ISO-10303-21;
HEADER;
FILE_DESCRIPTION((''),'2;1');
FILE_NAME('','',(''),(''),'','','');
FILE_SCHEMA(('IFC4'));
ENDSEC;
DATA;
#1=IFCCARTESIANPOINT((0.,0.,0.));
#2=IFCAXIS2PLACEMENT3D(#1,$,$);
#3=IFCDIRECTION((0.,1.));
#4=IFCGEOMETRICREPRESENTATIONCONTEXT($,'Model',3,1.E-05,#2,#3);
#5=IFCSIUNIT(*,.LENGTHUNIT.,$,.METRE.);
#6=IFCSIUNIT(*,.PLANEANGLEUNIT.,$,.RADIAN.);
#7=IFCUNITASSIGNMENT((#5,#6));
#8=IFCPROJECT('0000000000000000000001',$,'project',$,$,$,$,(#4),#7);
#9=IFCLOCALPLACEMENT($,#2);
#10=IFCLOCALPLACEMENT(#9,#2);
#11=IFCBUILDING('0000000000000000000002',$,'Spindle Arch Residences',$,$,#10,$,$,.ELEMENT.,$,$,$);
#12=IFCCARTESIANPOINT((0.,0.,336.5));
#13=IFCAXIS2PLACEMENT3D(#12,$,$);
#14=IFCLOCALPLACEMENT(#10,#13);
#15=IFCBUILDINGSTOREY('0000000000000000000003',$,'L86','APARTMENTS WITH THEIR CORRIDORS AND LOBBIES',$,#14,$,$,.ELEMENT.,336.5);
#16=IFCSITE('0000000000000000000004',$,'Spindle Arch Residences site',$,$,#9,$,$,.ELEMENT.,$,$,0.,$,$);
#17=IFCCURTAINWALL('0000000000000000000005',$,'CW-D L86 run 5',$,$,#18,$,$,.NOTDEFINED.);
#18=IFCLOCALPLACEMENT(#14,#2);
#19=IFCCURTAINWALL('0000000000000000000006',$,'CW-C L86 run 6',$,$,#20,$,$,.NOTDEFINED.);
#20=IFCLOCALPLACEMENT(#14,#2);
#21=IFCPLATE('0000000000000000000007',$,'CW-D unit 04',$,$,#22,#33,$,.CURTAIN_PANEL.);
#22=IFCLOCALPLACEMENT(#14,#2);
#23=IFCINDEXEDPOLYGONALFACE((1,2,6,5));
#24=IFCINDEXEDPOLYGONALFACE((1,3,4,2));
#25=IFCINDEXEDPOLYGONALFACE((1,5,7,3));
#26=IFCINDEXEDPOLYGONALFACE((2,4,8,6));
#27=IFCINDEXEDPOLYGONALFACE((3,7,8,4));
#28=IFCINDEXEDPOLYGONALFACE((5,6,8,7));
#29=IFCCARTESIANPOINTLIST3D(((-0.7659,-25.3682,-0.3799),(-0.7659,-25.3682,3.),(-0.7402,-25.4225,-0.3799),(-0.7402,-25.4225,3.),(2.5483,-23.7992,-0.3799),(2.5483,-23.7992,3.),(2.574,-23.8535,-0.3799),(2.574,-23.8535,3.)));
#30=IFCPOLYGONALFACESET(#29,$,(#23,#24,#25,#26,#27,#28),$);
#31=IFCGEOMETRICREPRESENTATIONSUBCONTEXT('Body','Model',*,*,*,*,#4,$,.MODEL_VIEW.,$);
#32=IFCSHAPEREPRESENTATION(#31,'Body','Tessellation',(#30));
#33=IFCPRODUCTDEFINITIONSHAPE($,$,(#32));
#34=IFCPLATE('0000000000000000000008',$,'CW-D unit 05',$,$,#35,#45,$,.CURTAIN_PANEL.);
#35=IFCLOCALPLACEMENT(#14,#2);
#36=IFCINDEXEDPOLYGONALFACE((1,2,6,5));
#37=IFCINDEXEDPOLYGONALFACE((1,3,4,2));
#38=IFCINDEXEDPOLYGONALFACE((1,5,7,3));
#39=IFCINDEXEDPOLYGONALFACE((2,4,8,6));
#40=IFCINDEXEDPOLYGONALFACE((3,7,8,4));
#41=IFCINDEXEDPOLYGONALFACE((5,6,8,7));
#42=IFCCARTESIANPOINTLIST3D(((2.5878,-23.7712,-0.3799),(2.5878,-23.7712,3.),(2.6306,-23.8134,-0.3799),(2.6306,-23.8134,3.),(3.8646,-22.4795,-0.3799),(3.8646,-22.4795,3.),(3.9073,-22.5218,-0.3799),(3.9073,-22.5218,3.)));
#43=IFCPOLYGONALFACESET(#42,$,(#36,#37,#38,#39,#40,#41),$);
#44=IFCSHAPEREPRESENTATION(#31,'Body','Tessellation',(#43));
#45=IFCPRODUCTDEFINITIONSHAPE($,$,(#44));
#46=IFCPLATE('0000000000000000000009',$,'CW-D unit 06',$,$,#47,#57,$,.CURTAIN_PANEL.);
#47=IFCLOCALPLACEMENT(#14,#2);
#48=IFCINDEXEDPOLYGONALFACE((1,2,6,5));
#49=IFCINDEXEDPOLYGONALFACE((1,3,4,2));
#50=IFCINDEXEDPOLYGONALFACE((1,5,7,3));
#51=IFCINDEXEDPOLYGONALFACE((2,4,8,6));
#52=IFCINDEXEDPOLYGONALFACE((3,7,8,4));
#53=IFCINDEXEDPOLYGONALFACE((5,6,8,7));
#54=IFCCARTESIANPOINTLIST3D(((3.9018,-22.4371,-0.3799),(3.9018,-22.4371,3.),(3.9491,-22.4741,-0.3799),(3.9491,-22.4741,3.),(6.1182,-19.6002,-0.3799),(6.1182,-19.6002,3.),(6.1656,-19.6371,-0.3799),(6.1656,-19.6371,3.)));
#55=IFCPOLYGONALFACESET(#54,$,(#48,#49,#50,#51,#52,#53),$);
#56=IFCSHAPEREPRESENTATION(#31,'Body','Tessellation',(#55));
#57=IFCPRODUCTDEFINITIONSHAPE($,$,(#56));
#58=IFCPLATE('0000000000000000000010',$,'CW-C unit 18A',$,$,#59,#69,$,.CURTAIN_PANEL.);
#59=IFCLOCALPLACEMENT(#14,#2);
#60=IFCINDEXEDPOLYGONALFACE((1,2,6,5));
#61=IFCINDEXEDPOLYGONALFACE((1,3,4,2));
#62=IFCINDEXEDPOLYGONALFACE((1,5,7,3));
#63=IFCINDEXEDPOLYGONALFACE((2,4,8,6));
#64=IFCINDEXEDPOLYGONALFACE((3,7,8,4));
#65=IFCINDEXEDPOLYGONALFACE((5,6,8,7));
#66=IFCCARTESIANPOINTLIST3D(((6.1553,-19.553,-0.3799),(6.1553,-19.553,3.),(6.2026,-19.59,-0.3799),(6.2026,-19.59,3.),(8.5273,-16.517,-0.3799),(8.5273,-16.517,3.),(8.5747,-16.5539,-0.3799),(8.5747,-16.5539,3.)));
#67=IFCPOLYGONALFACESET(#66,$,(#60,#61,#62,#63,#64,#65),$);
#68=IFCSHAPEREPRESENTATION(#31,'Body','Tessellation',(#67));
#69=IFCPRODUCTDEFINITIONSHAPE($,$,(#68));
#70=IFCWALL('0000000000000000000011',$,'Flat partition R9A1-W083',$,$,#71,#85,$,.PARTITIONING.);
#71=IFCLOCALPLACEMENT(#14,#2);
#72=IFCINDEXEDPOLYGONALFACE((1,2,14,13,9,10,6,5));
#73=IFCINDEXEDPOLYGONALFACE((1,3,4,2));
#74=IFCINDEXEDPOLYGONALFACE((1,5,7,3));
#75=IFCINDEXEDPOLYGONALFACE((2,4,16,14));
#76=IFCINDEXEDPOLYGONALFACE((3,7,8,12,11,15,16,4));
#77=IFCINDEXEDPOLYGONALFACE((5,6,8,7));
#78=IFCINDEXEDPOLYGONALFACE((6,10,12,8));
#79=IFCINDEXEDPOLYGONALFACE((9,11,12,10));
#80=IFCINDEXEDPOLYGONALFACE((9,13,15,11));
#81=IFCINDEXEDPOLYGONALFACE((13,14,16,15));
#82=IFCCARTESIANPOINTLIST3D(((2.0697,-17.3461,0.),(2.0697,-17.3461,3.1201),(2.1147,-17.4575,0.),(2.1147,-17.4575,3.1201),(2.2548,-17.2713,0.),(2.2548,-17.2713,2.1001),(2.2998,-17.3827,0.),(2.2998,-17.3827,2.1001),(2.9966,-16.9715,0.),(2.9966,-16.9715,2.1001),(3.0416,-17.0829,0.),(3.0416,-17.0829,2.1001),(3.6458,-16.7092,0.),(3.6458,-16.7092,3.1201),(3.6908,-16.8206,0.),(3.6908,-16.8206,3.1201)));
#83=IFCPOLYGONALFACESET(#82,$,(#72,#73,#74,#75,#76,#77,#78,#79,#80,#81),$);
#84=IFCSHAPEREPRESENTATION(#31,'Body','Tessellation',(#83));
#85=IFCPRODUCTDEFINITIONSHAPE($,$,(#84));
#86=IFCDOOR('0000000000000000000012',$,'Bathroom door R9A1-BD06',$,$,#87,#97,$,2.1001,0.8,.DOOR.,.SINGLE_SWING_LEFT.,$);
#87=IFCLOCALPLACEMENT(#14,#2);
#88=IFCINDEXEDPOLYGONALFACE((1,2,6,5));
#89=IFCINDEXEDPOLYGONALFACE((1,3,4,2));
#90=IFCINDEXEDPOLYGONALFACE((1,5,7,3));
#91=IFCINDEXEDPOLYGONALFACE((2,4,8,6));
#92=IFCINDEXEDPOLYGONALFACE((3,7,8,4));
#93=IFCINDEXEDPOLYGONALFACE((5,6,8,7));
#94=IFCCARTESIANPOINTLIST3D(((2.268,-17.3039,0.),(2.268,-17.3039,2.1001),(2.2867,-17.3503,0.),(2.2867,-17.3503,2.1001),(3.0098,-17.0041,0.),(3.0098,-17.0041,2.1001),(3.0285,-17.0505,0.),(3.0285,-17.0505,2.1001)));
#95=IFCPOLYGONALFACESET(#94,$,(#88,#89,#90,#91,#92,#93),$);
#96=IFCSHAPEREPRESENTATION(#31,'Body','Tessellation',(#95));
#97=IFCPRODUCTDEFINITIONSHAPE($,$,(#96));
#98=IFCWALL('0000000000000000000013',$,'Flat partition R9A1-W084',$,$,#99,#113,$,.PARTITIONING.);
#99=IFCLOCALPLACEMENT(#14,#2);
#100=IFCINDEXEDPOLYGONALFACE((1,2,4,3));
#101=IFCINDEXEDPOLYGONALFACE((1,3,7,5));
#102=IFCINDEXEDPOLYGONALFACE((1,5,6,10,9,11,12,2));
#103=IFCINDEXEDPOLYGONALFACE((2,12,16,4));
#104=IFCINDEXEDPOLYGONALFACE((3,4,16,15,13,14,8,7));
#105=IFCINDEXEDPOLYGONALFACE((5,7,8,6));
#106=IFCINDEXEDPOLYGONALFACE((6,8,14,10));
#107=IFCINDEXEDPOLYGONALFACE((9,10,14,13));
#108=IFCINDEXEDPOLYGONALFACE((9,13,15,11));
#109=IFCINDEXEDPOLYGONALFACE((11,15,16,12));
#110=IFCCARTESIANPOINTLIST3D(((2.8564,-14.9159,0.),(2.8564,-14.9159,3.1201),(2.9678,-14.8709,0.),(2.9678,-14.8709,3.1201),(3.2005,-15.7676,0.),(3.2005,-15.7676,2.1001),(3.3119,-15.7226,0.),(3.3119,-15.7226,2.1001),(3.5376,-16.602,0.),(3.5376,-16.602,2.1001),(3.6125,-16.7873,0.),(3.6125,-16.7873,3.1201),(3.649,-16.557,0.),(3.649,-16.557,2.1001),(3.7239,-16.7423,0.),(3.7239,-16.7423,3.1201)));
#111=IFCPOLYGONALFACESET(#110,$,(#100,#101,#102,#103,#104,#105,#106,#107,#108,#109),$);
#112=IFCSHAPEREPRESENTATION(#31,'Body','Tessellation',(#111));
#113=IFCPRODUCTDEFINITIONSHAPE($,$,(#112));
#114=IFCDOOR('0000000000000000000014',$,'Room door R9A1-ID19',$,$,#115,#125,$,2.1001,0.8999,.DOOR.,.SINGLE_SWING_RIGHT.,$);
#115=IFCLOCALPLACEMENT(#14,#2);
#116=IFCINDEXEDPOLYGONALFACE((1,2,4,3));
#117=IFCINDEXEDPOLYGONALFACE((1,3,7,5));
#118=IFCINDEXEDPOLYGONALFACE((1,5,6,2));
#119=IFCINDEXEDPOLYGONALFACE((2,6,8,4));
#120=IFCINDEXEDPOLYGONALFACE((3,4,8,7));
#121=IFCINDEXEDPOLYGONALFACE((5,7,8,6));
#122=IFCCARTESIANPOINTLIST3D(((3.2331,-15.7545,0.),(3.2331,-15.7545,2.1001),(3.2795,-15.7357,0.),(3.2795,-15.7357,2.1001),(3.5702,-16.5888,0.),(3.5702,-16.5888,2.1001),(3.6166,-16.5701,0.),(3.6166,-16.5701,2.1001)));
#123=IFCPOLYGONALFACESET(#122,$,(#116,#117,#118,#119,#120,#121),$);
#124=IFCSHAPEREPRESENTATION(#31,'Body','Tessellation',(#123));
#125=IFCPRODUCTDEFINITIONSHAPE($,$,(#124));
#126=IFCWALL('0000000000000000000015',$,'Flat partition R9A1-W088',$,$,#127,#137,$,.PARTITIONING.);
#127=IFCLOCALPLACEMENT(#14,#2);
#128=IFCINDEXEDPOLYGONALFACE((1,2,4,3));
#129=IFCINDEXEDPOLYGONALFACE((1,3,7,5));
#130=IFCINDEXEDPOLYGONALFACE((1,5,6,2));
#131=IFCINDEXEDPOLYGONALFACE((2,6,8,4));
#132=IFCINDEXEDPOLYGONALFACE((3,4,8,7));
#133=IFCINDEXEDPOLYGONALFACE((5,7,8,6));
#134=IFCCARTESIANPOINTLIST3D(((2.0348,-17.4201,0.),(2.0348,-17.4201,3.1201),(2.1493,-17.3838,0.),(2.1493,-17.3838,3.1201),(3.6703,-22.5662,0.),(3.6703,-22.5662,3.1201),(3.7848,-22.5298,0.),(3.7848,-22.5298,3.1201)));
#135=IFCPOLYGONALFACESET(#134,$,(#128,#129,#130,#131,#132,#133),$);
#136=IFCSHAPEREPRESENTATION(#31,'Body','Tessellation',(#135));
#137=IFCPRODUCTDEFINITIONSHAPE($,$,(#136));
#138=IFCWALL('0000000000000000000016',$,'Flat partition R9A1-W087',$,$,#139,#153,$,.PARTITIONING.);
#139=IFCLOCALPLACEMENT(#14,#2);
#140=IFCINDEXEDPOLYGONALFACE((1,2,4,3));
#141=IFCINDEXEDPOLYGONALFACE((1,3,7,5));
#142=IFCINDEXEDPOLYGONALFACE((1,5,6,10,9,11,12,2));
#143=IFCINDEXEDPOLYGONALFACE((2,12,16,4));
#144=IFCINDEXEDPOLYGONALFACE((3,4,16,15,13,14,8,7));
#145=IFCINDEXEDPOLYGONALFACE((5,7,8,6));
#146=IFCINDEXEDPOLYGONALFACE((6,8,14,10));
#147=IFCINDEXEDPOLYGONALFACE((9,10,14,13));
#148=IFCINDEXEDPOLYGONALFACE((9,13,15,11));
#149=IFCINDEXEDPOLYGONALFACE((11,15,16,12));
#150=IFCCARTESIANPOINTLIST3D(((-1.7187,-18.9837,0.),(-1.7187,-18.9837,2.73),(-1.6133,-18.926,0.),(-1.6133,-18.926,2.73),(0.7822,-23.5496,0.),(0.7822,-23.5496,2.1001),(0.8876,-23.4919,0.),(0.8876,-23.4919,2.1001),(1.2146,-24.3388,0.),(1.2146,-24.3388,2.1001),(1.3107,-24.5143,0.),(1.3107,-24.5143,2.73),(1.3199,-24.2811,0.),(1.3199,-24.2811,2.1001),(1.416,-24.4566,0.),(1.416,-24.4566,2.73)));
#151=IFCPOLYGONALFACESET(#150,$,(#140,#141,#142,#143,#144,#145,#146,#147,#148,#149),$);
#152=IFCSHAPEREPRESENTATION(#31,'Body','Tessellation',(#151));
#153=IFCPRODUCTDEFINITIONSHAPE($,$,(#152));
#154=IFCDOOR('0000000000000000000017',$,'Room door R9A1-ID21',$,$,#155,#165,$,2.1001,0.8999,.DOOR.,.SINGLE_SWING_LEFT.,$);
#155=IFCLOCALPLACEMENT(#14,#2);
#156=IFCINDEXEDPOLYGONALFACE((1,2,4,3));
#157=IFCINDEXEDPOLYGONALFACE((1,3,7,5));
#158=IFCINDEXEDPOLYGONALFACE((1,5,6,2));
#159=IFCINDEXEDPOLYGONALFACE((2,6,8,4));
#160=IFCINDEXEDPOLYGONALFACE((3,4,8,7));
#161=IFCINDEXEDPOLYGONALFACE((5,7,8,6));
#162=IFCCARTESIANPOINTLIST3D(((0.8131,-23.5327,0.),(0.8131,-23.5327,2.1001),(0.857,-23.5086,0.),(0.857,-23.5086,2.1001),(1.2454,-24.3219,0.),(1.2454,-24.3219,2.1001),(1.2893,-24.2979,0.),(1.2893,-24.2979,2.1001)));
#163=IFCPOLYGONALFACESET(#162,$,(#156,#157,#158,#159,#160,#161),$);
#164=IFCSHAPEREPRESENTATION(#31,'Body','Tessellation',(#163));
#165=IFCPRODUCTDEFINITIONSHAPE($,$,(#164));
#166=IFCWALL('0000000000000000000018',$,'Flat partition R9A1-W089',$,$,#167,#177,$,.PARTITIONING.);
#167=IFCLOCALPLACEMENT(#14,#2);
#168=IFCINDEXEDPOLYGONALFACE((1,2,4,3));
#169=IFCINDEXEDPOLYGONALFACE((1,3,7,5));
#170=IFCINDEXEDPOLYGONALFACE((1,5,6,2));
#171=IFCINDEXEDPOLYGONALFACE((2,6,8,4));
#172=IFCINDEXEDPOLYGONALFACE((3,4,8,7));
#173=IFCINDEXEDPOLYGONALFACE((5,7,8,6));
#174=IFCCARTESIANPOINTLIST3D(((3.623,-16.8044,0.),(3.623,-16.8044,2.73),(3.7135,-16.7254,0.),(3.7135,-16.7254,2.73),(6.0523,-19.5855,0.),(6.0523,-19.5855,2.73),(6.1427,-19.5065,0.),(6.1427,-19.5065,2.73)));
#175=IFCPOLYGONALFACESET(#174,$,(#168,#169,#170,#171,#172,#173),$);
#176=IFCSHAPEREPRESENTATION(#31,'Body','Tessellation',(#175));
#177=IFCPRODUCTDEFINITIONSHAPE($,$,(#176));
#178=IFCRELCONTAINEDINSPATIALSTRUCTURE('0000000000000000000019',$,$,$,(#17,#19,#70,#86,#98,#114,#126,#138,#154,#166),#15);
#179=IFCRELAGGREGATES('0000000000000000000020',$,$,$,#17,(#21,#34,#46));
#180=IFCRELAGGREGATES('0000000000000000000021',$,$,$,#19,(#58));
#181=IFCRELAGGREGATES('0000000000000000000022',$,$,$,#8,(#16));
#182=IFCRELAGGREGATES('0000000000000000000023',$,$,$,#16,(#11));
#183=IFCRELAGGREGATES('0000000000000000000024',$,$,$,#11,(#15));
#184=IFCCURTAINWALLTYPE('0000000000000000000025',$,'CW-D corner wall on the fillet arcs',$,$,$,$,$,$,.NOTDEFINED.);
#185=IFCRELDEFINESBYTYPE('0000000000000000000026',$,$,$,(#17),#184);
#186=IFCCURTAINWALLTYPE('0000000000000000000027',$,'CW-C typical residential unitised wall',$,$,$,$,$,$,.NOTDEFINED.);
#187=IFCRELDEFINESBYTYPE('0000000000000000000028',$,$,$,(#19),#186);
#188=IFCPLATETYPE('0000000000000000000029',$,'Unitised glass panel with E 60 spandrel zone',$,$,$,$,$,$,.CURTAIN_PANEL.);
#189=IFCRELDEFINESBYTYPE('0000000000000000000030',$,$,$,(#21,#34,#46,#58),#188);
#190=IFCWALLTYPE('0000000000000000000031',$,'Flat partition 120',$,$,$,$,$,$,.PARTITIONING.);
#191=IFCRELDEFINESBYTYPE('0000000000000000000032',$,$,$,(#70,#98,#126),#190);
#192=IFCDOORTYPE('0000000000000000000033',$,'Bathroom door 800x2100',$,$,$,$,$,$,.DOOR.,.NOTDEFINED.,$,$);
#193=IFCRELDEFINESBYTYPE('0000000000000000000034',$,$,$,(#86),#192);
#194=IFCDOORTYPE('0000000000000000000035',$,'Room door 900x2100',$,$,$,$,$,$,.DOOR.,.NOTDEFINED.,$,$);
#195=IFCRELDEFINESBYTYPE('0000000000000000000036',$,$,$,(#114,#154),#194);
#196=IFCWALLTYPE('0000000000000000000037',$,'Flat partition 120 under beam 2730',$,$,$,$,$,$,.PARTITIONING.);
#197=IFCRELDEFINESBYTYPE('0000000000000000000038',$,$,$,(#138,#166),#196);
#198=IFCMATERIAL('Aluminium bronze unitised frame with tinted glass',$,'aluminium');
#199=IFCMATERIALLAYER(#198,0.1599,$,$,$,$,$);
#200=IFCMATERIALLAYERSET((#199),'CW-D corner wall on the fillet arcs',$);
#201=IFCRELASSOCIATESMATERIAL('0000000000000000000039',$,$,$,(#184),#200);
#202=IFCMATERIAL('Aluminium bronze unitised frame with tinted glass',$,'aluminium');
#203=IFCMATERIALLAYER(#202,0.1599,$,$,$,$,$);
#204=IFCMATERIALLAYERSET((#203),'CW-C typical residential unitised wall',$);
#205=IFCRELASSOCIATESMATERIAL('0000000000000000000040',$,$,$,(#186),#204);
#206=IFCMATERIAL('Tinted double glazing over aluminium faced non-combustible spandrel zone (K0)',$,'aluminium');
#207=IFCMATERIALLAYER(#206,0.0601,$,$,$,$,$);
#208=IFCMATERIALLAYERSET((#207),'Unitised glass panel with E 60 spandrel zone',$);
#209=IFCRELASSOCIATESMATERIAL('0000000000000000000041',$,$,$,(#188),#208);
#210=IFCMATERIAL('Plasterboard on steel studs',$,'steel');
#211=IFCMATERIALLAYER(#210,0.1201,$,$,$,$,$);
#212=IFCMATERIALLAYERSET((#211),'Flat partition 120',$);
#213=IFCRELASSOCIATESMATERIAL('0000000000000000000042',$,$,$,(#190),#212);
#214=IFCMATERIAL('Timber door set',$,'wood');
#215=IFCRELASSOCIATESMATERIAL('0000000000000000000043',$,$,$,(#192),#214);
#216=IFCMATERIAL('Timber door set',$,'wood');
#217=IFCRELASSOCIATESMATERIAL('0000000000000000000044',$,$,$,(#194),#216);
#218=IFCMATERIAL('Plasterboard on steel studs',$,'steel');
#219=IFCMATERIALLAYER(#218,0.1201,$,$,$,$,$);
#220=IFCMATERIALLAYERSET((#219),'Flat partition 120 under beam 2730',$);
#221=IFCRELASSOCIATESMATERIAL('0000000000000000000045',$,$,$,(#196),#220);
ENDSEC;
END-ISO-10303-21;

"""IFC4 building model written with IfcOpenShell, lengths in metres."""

from ifc_helpers import new_model, si_unit, direction, frame, frame_2d, origin, origin_2d, place, context, subcontext, project, spatial, rectangle, extrude, material, layer, layer_set, type_object, element, fill, aggregate, save


model = new_model("IFC4")

# Units and contexts
model_context = context("Model", 3, precision=1e-05, world=origin(), true_north=direction((0.0, 1.0)))
body_context = subcontext(model_context, "Body", "Model", "MODEL_VIEW")
ifc_project = project(units=[si_unit("LENGTHUNIT", "METRE"), si_unit("PLANEANGLEUNIT", "RADIAN")], contexts=[model_context])

# Site, building, storey
site_placement = place(None, origin())
site = spatial("IfcSite", under=ifc_project, at=site_placement, Name="Spindle Arch Residences site", CompositionType="ELEMENT", RefElevation=0.0)
building_placement = place(site_placement, origin())
building = spatial("IfcBuilding", under=site, at=building_placement, Name="Spindle Arch Residences", CompositionType="ELEMENT")
storey_placement = place(building_placement, frame((0.0, 0.0, 336.5)))
storey = spatial("IfcBuildingStorey", under=building, at=storey_placement, Name="L86", Description="APARTMENTS WITH THEIR CORRIDORS AND LOBBIES", CompositionType="ELEMENT", Elevation=336.5)

# Curtain wall
ifc_material_1 = material(Name="Aluminium bronze unitised frame with tinted glass", Category="aluminium")
ifc_layer_1 = layer(ifc_material_1, 0.1599)
ifc_layer_set_1 = layer_set([ifc_layer_1], Name="CW-D corner wall on the fillet arcs")
curtain_wall_type_1 = type_object("IfcCurtainWallType", Name="CW-D corner wall on the fillet arcs", PredefinedType="NOTDEFINED", material=ifc_layer_set_1)
curtain_wall_1_placement = place(storey_placement, origin())
curtain_wall_1 = element("IfcCurtainWall", 1, at=curtain_wall_1_placement, inside=storey, type_object=curtain_wall_type_1, Name="CW-D L86 run 5", PredefinedType="NOTDEFINED")

# Curtain wall
ifc_material_2 = material(Name="Aluminium bronze unitised frame with tinted glass", Category="aluminium")
ifc_layer_2 = layer(ifc_material_2, 0.1599)
ifc_layer_set_2 = layer_set([ifc_layer_2], Name="CW-C typical residential unitised wall")
curtain_wall_type_2 = type_object("IfcCurtainWallType", Name="CW-C typical residential unitised wall", PredefinedType="NOTDEFINED", material=ifc_layer_set_2)
curtain_wall_2_placement = place(storey_placement, origin())
curtain_wall_2 = element("IfcCurtainWall", 2, at=curtain_wall_2_placement, inside=storey, type_object=curtain_wall_type_2, Name="CW-C L86 run 6", PredefinedType="NOTDEFINED")

# Plates
ifc_material_3 = material(Name="Tinted double glazing over aluminium faced non-combustible spandrel zone (K0)", Category="aluminium")
ifc_layer_3 = layer(ifc_material_3, 0.0601)
ifc_layer_set_3 = layer_set([ifc_layer_3], Name="Unitised glass panel with E 60 spandrel zone")
plate_type = type_object("IfcPlateType", Name="Unitised glass panel with E 60 spandrel zone", PredefinedType="CURTAIN_PANEL", material=ifc_layer_set_3)
plate_1_placement = place(storey_placement, frame((0.9041, -24.6108, -0.3799), z_axis=(0.0, 0.0, 1.0), x_axis=(0.903834, 0.427884, 0.0)))
plate_1 = element("IfcPlate", 3, at=plate_1_placement, type_object=plate_type, Name="CW-D unit 04", PredefinedType="CURTAIN_PANEL", context=body_context, shape_type="SweptSolid", body=[
    extrude(rectangle(XDim=3.6667, YDim=0.0601, at=origin_2d()), origin(), (0.0, 0.0, 1.0), 3.3799),
])
plate_2_placement = place(storey_placement, frame((3.2476, -23.1465, -0.3799), z_axis=(0.0, 0.0, 1.0), x_axis=(0.702981, 0.711209, 0.0)))
plate_2 = element("IfcPlate", 4, at=plate_2_placement, type_object=plate_type, Name="CW-D unit 05", PredefinedType="CURTAIN_PANEL", context=body_context, shape_type="SweptSolid", body=[
    extrude(rectangle(XDim=1.8162, YDim=0.0601, at=origin_2d()), origin(), (0.0, 0.0, 1.0), 3.3799),
])
plate_3_placement = place(storey_placement, frame((5.0337, -21.0371, -0.3799), z_axis=(0.0, 0.0, 1.0), x_axis=(0.615661, 0.788011, 0.0)))
plate_3 = element("IfcPlate", 5, at=plate_3_placement, type_object=plate_type, Name="CW-D unit 06", PredefinedType="CURTAIN_PANEL", context=body_context, shape_type="SweptSolid", body=[
    extrude(rectangle(XDim=3.6001, YDim=0.0601, at=origin_2d()), origin(), (0.0, 0.0, 1.0), 3.3799),
])
aggregate(curtain_wall_1, [plate_1, plate_2, plate_3])
plate_4_placement = place(storey_placement, frame((7.365, -18.0535, -0.3799), z_axis=(0.0, 0.0, 1.0), x_axis=(0.615661, 0.788011, 0.0)))
plate_4 = element("IfcPlate", 6, at=plate_4_placement, type_object=plate_type, Name="CW-C unit 18A", PredefinedType="CURTAIN_PANEL", context=body_context, shape_type="SweptSolid", body=[
    extrude(rectangle(XDim=3.8528, YDim=0.0601, at=origin_2d()), origin(), (0.0, 0.0, 1.0), 3.3799),
])
aggregate(curtain_wall_2, [plate_4])

# Walls, openings, doors
ifc_material_4 = material(Name="Plasterboard on steel studs", Category="steel")
ifc_layer_4 = layer(ifc_material_4, 0.1201)
ifc_layer_set_4 = layer_set([ifc_layer_4], Name="Flat partition 120")
wall_type_1 = type_object("IfcWallType", Name="Flat partition 120", PredefinedType="PARTITIONING", material=ifc_layer_set_4)
wall_1_placement = place(storey_placement, frame((2.092, -17.4019, 0.0), z_axis=(0.0, 0.0, 1.0), x_axis=(0.927154, 0.374681, 0.0)))
wall_1 = element("IfcWall", 7, at=wall_1_placement, inside=storey, type_object=wall_type_1, Name="Flat partition R9A1-W083", PredefinedType="PARTITIONING", context=body_context, shape_type="SweptSolid", body=[
    extrude(rectangle(XDim=1.7, YDim=0.1201, at=frame_2d((0.8501, 0.0))), origin(), (0.0, 0.0, 1.0), 3.1201),
])
opening_1_placement = place(wall_1_placement, frame((0.2, 0.0, 0.0)))
opening_1 = element("IfcOpeningElement", 8, at=opening_1_placement, cuts=wall_1, PredefinedType="OPENING", context=body_context, shape_type="SweptSolid", body=[
    extrude(rectangle(XDim=0.8, YDim=2.1001, at=frame_2d((0.3999, 1.05))), frame((0.0, 0.0701, 0.0), z_axis=(0.0, -1.0, 0.0), x_axis=(1.0, 0.0, 0.0)), (0.0, 0.0, 1.0), 0.1401),
])
ifc_material_5 = material(Name="Timber door set", Category="wood")
door_type_1 = type_object("IfcDoorType", Name="Bathroom door 800x2100", OperationType="NOTDEFINED", PredefinedType="DOOR", material=ifc_material_5)
door_1_placement = place(opening_1_placement, origin())
door_1 = element("IfcDoor", 9, at=door_1_placement, inside=storey, type_object=door_type_1, Name="Bathroom door R9A1-BD06", OperationType="SINGLE_SWING_LEFT", OverallHeight=2.1001, OverallWidth=0.8, PredefinedType="DOOR", context=body_context, shape_type="SweptSolid", body=[
    extrude(rectangle(XDim=0.8, YDim=2.1001, at=frame_2d((0.3999, 1.05))), frame((0.0, 0.0249, 0.0), z_axis=(0.0, -1.0, 0.0), x_axis=(1.0, 0.0, 0.0)), (0.0, 0.0, 1.0), 0.05),
])
fill(opening_1, door_1)
wall_2_placement = place(storey_placement, frame((3.6682, -16.7649, 0.0), z_axis=(0.0, 0.0, 1.0), x_axis=(-0.374621, 0.927178, 0.0)))
wall_2 = element("IfcWall", 10, at=wall_2_placement, inside=storey, type_object=wall_type_1, Name="Flat partition R9A1-W084", PredefinedType="PARTITIONING", context=body_context, shape_type="SweptSolid", body=[
    extrude(rectangle(XDim=2.0183, YDim=0.1201, at=frame_2d((1.0093, 0.0))), origin(), (0.0, 0.0, 1.0), 3.1201),
])
opening_2_placement = place(wall_2_placement, frame((0.2, 0.0, 0.0)))
opening_2 = element("IfcOpeningElement", 11, at=opening_2_placement, cuts=wall_2, PredefinedType="OPENING", context=body_context, shape_type="SweptSolid", body=[
    extrude(rectangle(XDim=0.8999, YDim=2.1001, at=frame_2d((0.45, 1.05))), frame((0.0, 0.0701, 0.0), z_axis=(0.0, -1.0, 0.0), x_axis=(1.0, 0.0, 0.0)), (0.0, 0.0, 1.0), 0.1401),
])
ifc_material_6 = material(Name="Timber door set", Category="wood")
door_type_2 = type_object("IfcDoorType", Name="Room door 900x2100", OperationType="NOTDEFINED", PredefinedType="DOOR", material=ifc_material_6)
door_2_placement = place(opening_2_placement, origin())
door_2 = element("IfcDoor", 12, at=door_2_placement, inside=storey, type_object=door_type_2, Name="Room door R9A1-ID19", OperationType="SINGLE_SWING_RIGHT", OverallHeight=2.1001, OverallWidth=0.8999, PredefinedType="DOOR", context=body_context, shape_type="SweptSolid", body=[
    extrude(rectangle(XDim=0.8999, YDim=2.1001, at=frame_2d((0.45, 1.05))), frame((0.0, 0.0249, 0.0), z_axis=(0.0, -1.0, 0.0), x_axis=(1.0, 0.0, 0.0)), (0.0, 0.0, 1.0), 0.05),
])
fill(opening_2, door_2)

# Wall
wall_3_placement = place(storey_placement, frame((3.7275, -22.5479, 0.0), z_axis=(0.0, 0.0, 1.0), x_axis=(-0.30289, 0.953025, 0.0)))
element("IfcWall", 13, at=wall_3_placement, inside=storey, type_object=wall_type_1, Name="Flat partition R9A1-W088", PredefinedType="PARTITIONING", context=body_context, shape_type="SweptSolid", body=[
    extrude(rectangle(XDim=5.3997, YDim=0.1201, at=frame_2d((2.6997, 0.0))), origin(), (0.0, 0.0, 1.0), 3.1201),
])

# Wall, opening, door
ifc_material_7 = material(Name="Plasterboard on steel studs", Category="steel")
ifc_layer_5 = layer(ifc_material_7, 0.1201)
ifc_layer_set_5 = layer_set([ifc_layer_5], Name="Flat partition 120 under beam 2730")
wall_type_2 = type_object("IfcWallType", Name="Flat partition 120 under beam 2730", PredefinedType="PARTITIONING", material=ifc_layer_set_5)
wall_4_placement = place(storey_placement, frame((1.3633, -24.4854, 0.0), z_axis=(0.0, 0.0, 1.0), x_axis=(-0.480398, 0.877051, 0.0)))
wall_4 = element("IfcWall", 14, at=wall_4_placement, inside=storey, type_object=wall_type_2, Name="Flat partition R9A1-W087", PredefinedType="PARTITIONING", context=body_context, shape_type="SweptSolid", body=[
    extrude(rectangle(XDim=6.3059, YDim=0.1201, at=frame_2d((3.1528, 0.0))), origin(), (0.0, 0.0, 1.0), 2.73),
])
opening_3_placement = place(wall_4_placement, frame((0.2, 0.0, 0.0)))
opening_3 = element("IfcOpeningElement", 15, at=opening_3_placement, cuts=wall_4, PredefinedType="OPENING", context=body_context, shape_type="SweptSolid", body=[
    extrude(rectangle(XDim=0.8999, YDim=2.1001, at=frame_2d((0.45, 1.05))), frame((0.0, 0.0701, 0.0), z_axis=(0.0, -1.0, 0.0), x_axis=(1.0, 0.0, 0.0)), (0.0, 0.0, 1.0), 0.1401),
])
door_3_placement = place(opening_3_placement, origin())
door_3 = element("IfcDoor", 16, at=door_3_placement, inside=storey, type_object=door_type_2, Name="Room door R9A1-ID21", OperationType="SINGLE_SWING_LEFT", OverallHeight=2.1001, OverallWidth=0.8999, PredefinedType="DOOR", context=body_context, shape_type="SweptSolid", body=[
    extrude(rectangle(XDim=0.8999, YDim=2.1001, at=frame_2d((0.45, 1.05))), frame((0.0, 0.0249, 0.0), z_axis=(0.0, -1.0, 0.0), x_axis=(1.0, 0.0, 0.0)), (0.0, 0.0, 1.0), 0.05),
])
fill(opening_3, door_3)

# Wall
wall_5_placement = place(storey_placement, frame((6.0974, -19.5459, 0.0), z_axis=(0.0, 0.0, 1.0), x_axis=(-0.657863, 0.753138, 0.0)))
element("IfcWall", 17, at=wall_5_placement, inside=storey, type_object=wall_type_2, Name="Flat partition R9A1-W089", PredefinedType="PARTITIONING", context=body_context, shape_type="SweptSolid", body=[
    extrude(rectangle(XDim=3.6926, YDim=0.1201, at=frame_2d((1.8462, 0.0))), origin(), (0.0, 0.0, 1.0), 2.73),
])

save(model, "model.ifc")
